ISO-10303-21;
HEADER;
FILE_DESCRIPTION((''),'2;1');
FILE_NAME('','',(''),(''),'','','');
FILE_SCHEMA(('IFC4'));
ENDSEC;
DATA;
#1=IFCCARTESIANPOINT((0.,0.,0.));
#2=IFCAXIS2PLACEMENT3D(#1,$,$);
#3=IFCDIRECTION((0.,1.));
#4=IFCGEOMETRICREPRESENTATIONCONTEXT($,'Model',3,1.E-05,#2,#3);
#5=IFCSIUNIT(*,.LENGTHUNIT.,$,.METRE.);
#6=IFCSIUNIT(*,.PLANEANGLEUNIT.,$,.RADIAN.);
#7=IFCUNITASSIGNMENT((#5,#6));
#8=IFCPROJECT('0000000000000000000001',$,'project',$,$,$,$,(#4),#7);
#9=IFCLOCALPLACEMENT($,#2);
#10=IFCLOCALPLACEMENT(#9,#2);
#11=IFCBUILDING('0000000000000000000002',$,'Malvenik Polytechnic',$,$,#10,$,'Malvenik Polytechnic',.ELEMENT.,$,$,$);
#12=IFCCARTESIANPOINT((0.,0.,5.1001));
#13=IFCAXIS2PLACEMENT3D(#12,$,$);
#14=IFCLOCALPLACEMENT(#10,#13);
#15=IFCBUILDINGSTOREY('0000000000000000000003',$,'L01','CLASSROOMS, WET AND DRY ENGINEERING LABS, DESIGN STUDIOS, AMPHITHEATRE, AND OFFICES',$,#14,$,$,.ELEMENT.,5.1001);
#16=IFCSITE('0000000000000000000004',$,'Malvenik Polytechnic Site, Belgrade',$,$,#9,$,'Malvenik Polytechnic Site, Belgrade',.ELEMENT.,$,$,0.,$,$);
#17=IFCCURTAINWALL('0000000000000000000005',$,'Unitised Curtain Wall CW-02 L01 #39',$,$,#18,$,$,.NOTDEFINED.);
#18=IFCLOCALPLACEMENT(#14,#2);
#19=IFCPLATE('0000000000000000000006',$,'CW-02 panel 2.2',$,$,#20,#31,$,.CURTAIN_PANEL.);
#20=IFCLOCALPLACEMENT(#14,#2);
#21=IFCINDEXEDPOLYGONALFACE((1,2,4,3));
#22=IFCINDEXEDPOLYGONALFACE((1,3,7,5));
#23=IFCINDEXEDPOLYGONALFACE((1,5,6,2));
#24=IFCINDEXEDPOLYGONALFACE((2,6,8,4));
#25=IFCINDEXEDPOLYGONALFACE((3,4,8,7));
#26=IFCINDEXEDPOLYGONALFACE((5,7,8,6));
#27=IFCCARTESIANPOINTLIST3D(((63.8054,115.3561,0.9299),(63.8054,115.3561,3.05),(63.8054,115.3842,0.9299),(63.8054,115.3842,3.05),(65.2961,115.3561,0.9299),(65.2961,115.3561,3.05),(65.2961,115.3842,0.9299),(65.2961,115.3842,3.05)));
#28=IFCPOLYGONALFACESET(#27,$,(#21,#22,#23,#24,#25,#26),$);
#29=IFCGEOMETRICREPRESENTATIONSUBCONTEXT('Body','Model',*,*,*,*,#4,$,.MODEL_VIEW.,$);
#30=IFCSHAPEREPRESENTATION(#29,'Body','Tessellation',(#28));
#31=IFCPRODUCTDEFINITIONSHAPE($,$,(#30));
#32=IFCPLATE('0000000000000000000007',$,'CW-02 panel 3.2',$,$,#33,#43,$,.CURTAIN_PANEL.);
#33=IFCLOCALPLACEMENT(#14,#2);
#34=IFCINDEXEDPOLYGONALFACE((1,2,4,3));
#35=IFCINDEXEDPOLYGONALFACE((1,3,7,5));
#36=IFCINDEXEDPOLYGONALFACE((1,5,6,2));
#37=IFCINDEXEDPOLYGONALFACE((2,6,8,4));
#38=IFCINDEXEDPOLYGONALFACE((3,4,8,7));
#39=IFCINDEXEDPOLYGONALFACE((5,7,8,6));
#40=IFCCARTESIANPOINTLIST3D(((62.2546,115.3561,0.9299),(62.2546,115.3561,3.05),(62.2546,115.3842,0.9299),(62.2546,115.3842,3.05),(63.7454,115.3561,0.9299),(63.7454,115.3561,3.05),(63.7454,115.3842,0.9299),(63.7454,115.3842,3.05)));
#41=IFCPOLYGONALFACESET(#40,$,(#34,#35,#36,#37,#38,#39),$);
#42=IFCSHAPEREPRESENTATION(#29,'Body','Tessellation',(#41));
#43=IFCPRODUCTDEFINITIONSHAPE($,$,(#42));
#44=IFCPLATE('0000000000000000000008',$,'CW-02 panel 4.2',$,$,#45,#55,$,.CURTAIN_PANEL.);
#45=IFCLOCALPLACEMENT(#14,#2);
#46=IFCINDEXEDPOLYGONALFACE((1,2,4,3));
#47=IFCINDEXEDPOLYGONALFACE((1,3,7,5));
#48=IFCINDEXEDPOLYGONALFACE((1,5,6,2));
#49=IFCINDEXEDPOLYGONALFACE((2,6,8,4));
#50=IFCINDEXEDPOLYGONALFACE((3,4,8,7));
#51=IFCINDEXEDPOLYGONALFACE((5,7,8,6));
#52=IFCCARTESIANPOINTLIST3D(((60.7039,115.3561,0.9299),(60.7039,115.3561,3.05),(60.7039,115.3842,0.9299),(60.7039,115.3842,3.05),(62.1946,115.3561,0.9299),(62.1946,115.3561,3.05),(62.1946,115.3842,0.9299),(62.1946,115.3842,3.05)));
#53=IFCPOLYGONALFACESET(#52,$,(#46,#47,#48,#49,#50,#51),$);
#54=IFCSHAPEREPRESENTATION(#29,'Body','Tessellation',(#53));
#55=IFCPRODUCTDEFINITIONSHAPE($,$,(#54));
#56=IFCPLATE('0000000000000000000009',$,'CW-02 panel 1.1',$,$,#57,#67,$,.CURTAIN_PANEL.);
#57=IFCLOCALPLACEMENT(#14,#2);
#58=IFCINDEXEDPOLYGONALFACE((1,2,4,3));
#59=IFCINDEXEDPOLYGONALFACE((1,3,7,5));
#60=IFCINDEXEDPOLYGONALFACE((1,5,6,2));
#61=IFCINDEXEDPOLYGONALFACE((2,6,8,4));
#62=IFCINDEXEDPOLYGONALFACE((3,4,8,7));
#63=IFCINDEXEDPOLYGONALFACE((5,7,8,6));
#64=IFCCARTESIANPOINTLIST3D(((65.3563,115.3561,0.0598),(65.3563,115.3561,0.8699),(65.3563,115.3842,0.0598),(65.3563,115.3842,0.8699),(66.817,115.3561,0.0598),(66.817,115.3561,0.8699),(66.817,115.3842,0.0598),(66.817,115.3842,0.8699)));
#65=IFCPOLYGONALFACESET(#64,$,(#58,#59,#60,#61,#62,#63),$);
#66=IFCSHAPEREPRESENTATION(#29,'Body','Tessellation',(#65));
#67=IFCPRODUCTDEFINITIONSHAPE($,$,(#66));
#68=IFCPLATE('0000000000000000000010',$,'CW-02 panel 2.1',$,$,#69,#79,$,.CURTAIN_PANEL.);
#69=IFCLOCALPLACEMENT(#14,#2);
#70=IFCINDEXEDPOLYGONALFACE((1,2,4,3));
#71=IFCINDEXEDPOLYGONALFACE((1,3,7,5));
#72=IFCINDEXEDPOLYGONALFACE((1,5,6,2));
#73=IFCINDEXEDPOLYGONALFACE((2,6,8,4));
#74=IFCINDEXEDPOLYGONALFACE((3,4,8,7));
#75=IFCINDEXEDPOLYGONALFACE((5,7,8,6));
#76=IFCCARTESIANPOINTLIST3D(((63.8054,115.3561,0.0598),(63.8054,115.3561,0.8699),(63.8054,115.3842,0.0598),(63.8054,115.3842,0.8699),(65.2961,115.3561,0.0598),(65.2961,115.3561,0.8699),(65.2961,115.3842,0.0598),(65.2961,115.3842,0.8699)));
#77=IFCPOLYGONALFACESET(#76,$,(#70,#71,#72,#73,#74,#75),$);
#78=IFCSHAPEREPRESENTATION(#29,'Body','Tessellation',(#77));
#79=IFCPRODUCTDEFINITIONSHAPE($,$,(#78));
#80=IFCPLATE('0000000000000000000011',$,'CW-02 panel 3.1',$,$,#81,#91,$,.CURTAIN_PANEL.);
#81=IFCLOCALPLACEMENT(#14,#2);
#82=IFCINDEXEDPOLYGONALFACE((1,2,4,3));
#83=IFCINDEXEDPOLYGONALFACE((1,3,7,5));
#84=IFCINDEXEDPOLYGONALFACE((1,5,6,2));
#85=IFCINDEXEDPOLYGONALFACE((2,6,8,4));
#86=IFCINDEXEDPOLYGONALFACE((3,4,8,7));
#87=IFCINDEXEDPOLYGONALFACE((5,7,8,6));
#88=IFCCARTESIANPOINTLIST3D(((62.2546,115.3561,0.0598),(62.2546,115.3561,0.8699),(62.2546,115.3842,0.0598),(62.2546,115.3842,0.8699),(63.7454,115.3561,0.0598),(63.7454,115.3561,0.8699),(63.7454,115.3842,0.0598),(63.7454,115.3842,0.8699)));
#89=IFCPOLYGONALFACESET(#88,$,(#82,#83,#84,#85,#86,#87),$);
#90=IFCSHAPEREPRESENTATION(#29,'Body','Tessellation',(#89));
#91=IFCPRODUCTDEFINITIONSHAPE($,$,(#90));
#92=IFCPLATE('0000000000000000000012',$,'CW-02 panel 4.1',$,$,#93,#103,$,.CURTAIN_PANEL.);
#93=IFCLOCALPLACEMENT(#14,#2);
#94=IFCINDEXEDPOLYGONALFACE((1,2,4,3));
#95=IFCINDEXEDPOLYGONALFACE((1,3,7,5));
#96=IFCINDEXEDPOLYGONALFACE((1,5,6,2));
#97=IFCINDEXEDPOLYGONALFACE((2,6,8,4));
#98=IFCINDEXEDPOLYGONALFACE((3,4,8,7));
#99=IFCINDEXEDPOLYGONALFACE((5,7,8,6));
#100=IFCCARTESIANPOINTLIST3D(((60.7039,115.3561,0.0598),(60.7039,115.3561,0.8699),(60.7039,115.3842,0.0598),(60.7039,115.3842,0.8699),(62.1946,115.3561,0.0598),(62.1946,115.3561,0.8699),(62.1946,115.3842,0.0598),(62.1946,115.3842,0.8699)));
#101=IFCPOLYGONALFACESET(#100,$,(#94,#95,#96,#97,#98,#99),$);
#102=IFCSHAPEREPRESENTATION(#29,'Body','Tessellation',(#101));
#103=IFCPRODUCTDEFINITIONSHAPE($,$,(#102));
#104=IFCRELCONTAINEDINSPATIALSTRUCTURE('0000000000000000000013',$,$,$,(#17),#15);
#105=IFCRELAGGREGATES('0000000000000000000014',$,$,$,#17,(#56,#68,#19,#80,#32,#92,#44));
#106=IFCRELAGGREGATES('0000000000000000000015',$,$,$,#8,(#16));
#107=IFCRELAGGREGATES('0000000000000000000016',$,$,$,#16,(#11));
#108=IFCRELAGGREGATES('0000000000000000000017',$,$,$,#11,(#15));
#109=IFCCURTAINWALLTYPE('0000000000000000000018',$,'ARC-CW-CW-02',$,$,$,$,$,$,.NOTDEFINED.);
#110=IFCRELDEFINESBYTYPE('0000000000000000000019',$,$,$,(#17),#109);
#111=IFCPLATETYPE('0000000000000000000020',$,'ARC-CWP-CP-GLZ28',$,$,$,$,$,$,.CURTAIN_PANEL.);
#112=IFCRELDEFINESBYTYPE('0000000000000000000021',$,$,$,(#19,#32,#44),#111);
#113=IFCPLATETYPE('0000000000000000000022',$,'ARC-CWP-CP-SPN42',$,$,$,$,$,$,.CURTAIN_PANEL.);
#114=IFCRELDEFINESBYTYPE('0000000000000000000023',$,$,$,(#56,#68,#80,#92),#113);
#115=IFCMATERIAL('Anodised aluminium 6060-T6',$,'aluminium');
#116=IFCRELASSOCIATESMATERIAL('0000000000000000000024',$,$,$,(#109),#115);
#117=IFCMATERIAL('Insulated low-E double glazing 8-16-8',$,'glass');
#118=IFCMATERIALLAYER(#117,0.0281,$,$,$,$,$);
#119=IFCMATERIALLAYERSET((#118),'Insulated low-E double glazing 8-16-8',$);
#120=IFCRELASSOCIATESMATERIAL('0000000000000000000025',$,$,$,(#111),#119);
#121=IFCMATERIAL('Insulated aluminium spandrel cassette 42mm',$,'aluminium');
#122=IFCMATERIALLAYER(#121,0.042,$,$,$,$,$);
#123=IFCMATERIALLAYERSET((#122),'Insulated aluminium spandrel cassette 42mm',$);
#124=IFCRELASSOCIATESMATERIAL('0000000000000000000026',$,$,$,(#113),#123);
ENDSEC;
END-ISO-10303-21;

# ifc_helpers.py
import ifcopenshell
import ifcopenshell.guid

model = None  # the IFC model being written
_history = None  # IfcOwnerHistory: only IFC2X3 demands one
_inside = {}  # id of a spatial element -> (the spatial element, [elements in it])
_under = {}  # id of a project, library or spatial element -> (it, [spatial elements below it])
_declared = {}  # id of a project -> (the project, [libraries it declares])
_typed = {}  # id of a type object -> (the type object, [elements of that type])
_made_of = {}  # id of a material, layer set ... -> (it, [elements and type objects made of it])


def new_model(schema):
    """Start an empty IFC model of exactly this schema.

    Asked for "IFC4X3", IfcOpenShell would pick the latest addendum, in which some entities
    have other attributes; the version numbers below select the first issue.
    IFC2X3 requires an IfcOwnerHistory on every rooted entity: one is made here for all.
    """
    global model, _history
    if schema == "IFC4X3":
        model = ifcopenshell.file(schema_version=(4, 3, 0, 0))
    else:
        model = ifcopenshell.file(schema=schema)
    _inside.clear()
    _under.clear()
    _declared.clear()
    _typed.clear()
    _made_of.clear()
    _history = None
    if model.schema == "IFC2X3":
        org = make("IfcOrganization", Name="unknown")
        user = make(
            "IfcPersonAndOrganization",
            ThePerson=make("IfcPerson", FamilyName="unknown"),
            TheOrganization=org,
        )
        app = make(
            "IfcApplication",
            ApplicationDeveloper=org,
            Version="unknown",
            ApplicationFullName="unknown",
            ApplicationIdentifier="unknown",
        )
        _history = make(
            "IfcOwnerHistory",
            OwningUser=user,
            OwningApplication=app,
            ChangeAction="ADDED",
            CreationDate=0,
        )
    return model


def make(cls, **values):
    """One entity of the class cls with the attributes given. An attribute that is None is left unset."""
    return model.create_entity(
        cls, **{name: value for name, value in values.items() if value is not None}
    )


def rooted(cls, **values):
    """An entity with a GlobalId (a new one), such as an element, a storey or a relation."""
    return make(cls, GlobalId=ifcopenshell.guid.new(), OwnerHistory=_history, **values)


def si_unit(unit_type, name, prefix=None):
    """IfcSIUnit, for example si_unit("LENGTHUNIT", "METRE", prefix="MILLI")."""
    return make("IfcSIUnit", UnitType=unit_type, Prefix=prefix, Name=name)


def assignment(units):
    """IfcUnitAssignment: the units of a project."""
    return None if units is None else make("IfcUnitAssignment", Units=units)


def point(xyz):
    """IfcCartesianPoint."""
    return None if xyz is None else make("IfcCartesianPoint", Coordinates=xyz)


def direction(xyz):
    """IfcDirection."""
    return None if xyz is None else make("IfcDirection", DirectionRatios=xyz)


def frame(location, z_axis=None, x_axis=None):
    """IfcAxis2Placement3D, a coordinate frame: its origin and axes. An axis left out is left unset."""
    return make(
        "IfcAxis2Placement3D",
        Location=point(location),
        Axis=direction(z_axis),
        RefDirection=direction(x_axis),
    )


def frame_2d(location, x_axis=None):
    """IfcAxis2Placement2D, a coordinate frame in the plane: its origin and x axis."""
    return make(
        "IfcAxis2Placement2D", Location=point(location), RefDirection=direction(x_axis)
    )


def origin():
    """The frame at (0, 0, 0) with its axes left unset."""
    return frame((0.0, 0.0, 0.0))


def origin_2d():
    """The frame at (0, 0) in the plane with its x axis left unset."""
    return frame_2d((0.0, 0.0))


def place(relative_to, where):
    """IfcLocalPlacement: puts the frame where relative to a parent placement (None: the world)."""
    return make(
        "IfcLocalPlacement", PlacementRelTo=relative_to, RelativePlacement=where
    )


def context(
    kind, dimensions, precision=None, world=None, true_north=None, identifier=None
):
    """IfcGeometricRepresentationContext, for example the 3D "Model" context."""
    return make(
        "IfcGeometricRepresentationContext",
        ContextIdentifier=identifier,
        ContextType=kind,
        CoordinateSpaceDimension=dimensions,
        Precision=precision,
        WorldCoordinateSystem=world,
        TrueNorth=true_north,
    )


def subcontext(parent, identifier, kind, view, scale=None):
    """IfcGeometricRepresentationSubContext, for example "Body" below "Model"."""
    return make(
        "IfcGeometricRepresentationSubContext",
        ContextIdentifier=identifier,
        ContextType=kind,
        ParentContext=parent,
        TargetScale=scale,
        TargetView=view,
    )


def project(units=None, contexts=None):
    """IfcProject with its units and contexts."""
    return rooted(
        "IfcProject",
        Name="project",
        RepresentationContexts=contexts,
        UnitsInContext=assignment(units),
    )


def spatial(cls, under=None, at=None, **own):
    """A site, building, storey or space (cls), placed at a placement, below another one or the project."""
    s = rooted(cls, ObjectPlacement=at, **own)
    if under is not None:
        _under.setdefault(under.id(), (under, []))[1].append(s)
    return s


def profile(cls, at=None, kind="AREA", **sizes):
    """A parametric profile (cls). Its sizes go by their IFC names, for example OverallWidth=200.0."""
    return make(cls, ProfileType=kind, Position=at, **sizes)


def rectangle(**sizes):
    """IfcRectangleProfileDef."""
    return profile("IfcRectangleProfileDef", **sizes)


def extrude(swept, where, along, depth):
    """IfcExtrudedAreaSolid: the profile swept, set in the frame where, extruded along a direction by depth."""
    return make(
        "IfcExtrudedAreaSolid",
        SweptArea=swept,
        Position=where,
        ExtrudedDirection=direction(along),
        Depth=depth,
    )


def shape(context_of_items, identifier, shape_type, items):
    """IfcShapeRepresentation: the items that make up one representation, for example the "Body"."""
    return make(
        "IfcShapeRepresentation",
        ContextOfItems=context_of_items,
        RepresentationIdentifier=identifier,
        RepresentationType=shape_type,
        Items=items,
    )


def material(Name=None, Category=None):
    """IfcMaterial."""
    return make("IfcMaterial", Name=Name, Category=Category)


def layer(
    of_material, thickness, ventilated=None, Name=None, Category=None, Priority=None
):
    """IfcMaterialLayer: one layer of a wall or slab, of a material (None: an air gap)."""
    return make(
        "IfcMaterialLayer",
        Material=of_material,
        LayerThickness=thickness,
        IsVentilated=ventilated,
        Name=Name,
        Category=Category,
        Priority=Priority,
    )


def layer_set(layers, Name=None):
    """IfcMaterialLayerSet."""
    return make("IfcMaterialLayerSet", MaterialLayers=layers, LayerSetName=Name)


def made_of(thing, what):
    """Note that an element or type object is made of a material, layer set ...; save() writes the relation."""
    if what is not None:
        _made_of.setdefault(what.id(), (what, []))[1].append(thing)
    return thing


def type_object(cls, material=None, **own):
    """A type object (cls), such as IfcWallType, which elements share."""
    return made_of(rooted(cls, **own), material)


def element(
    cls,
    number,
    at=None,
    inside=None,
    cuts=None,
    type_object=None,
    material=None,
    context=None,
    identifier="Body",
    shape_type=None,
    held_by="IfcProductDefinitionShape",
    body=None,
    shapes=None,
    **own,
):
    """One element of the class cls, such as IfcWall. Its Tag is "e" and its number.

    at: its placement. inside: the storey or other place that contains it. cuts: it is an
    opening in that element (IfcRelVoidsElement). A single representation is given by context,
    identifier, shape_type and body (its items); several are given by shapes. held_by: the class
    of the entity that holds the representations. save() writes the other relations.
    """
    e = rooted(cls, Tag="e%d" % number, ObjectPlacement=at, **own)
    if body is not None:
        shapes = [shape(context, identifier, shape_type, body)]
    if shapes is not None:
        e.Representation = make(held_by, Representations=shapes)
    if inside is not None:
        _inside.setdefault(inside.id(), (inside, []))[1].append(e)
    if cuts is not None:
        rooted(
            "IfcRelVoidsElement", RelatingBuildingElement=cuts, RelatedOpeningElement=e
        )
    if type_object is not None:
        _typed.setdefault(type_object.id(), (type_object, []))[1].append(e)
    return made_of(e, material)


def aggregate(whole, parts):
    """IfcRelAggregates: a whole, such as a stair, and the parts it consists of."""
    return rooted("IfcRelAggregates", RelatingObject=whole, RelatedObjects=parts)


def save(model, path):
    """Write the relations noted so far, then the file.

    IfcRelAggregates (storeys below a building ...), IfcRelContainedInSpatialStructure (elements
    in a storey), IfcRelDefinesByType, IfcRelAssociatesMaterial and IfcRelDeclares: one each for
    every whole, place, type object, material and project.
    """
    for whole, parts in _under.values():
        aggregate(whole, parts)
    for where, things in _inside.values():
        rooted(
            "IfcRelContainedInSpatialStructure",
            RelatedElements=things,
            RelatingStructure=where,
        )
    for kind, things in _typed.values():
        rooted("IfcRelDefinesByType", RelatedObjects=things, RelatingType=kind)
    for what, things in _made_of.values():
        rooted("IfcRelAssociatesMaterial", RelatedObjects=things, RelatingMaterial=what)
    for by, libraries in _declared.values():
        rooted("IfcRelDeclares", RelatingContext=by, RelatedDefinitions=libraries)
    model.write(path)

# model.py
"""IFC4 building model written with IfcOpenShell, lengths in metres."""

from ifc_helpers import new_model, si_unit, direction, frame, origin, origin_2d, place, context, subcontext, project, spatial, rectangle, extrude, material, layer, layer_set, type_object, element, aggregate, save


model = new_model("IFC4")

# Units and contexts
model_context = context("Model", 3, precision=1e-05, world=origin(), true_north=direction((0.0, 1.0)))
body_context = subcontext(model_context, "Body", "Model", "MODEL_VIEW")
ifc_project = project(units=[si_unit("LENGTHUNIT", "METRE"), si_unit("PLANEANGLEUNIT", "RADIAN")], contexts=[model_context])

# Site, building, storey
site_placement = place(None, origin())
site = spatial("IfcSite", under=ifc_project, at=site_placement, Name="Malvenik Polytechnic Site, Belgrade", LongName="Malvenik Polytechnic Site, Belgrade", CompositionType="ELEMENT", RefElevation=0.0)
building_placement = place(site_placement, origin())
building = spatial("IfcBuilding", under=site, at=building_placement, Name="Malvenik Polytechnic", LongName="Malvenik Polytechnic", CompositionType="ELEMENT")
storey_placement = place(building_placement, frame((0.0, 0.0, 5.1001)))
storey = spatial("IfcBuildingStorey", under=building, at=storey_placement, Name="L01", Description="CLASSROOMS, WET AND DRY ENGINEERING LABS, DESIGN STUDIOS, AMPHITHEATRE, AND OFFICES", CompositionType="ELEMENT", Elevation=5.1001)

# Curtain wall, plates
ifc_material_1 = material(Name="Anodised aluminium 6060-T6", Category="aluminium")
curtain_wall_type = type_object("IfcCurtainWallType", Name="ARC-CW-CW-02", PredefinedType="NOTDEFINED", material=ifc_material_1)
curtain_wall_placement = place(storey_placement, origin())
curtain_wall = element("IfcCurtainWall", 1, at=curtain_wall_placement, inside=storey, type_object=curtain_wall_type, Name="Unitised Curtain Wall CW-02 L01 #39", PredefinedType="NOTDEFINED")
ifc_material_2 = material(Name="Insulated low-E double glazing 8-16-8", Category="glass")
ifc_layer_1 = layer(ifc_material_2, 0.0281)
ifc_layer_set_1 = layer_set([ifc_layer_1], Name="Insulated low-E double glazing 8-16-8")
plate_type_1 = type_object("IfcPlateType", Name="ARC-CWP-CP-GLZ28", PredefinedType="CURTAIN_PANEL", material=ifc_layer_set_1)
plate_1_placement = place(storey_placement, frame((64.5508, 115.3701, 0.9299), z_axis=(0.0, 0.0, 1.0), x_axis=(-1.0, 0.0, 0.0)))
plate_1 = element("IfcPlate", 2, at=plate_1_placement, type_object=plate_type_1, Name="CW-02 panel 2.2", PredefinedType="CURTAIN_PANEL", context=body_context, shape_type="SweptSolid", body=[
    extrude(rectangle(XDim=1.4907, YDim=0.0281, at=origin_2d()), origin(), (0.0, 0.0, 1.0), 2.1201),
])
plate_2_placement = place(storey_placement, frame((63.0, 115.3701, 0.9299), z_axis=(0.0, 0.0, 1.0), x_axis=(-1.0, 0.0, 0.0)))
plate_2 = element("IfcPlate", 3, at=plate_2_placement, type_object=plate_type_1, Name="CW-02 panel 3.2", PredefinedType="CURTAIN_PANEL", context=body_context, shape_type="SweptSolid", body=[
    extrude(rectangle(XDim=1.4907, YDim=0.0281, at=origin_2d()), origin(), (0.0, 0.0, 1.0), 2.1201),
])
plate_3_placement = place(storey_placement, frame((61.4492, 115.3701, 0.9299), z_axis=(0.0, 0.0, 1.0), x_axis=(-1.0, 0.0, 0.0)))
plate_3 = element("IfcPlate", 4, at=plate_3_placement, type_object=plate_type_1, Name="CW-02 panel 4.2", PredefinedType="CURTAIN_PANEL", context=body_context, shape_type="SweptSolid", body=[
    extrude(rectangle(XDim=1.4907, YDim=0.0281, at=origin_2d()), origin(), (0.0, 0.0, 1.0), 2.1201),
])
ifc_material_3 = material(Name="Insulated aluminium spandrel cassette 42mm", Category="aluminium")
ifc_layer_2 = layer(ifc_material_3, 0.042)
ifc_layer_set_2 = layer_set([ifc_layer_2], Name="Insulated aluminium spandrel cassette 42mm")
plate_type_2 = type_object("IfcPlateType", Name="ARC-CWP-CP-SPN42", PredefinedType="CURTAIN_PANEL", material=ifc_layer_set_2)
plate_4_placement = place(storey_placement, frame((66.0867, 115.3701, 0.0598), z_axis=(0.0, 0.0, 1.0), x_axis=(-1.0, 0.0, 0.0)))
plate_4 = element("IfcPlate", 5, at=plate_4_placement, type_object=plate_type_2, Name="CW-02 panel 1.1", PredefinedType="CURTAIN_PANEL", context=body_context, shape_type="SweptSolid", body=[
    extrude(rectangle(XDim=1.4607, YDim=0.0281, at=origin_2d()), origin(), (0.0, 0.0, 1.0), 0.8101),
])
plate_5_placement = place(storey_placement, frame((64.5508, 115.3701, 0.0598), z_axis=(0.0, 0.0, 1.0), x_axis=(-1.0, 0.0, 0.0)))
plate_5 = element("IfcPlate", 6, at=plate_5_placement, type_object=plate_type_2, Name="CW-02 panel 2.1", PredefinedType="CURTAIN_PANEL", context=body_context, shape_type="SweptSolid", body=[
    extrude(rectangle(XDim=1.4907, YDim=0.0281, at=origin_2d()), origin(), (0.0, 0.0, 1.0), 0.8101),
])
plate_6_placement = place(storey_placement, frame((63.0, 115.3701, 0.0598), z_axis=(0.0, 0.0, 1.0), x_axis=(-1.0, 0.0, 0.0)))
plate_6 = element("IfcPlate", 7, at=plate_6_placement, type_object=plate_type_2, Name="CW-02 panel 3.1", PredefinedType="CURTAIN_PANEL", context=body_context, shape_type="SweptSolid", body=[
    extrude(rectangle(XDim=1.4907, YDim=0.0281, at=origin_2d()), origin(), (0.0, 0.0, 1.0), 0.8101),
])
plate_7_placement = place(storey_placement, frame((61.4492, 115.3701, 0.0598), z_axis=(0.0, 0.0, 1.0), x_axis=(-1.0, 0.0, 0.0)))
plate_7 = element("IfcPlate", 8, at=plate_7_placement, type_object=plate_type_2, Name="CW-02 panel 4.1", PredefinedType="CURTAIN_PANEL", context=body_context, shape_type="SweptSolid", body=[
    extrude(rectangle(XDim=1.4907, YDim=0.0281, at=origin_2d()), origin(), (0.0, 0.0, 1.0), 0.8101),
])
aggregate(curtain_wall, [plate_4, plate_5, plate_1, plate_6, plate_2, plate_7, plate_3])

save(model, "model.ifc")
